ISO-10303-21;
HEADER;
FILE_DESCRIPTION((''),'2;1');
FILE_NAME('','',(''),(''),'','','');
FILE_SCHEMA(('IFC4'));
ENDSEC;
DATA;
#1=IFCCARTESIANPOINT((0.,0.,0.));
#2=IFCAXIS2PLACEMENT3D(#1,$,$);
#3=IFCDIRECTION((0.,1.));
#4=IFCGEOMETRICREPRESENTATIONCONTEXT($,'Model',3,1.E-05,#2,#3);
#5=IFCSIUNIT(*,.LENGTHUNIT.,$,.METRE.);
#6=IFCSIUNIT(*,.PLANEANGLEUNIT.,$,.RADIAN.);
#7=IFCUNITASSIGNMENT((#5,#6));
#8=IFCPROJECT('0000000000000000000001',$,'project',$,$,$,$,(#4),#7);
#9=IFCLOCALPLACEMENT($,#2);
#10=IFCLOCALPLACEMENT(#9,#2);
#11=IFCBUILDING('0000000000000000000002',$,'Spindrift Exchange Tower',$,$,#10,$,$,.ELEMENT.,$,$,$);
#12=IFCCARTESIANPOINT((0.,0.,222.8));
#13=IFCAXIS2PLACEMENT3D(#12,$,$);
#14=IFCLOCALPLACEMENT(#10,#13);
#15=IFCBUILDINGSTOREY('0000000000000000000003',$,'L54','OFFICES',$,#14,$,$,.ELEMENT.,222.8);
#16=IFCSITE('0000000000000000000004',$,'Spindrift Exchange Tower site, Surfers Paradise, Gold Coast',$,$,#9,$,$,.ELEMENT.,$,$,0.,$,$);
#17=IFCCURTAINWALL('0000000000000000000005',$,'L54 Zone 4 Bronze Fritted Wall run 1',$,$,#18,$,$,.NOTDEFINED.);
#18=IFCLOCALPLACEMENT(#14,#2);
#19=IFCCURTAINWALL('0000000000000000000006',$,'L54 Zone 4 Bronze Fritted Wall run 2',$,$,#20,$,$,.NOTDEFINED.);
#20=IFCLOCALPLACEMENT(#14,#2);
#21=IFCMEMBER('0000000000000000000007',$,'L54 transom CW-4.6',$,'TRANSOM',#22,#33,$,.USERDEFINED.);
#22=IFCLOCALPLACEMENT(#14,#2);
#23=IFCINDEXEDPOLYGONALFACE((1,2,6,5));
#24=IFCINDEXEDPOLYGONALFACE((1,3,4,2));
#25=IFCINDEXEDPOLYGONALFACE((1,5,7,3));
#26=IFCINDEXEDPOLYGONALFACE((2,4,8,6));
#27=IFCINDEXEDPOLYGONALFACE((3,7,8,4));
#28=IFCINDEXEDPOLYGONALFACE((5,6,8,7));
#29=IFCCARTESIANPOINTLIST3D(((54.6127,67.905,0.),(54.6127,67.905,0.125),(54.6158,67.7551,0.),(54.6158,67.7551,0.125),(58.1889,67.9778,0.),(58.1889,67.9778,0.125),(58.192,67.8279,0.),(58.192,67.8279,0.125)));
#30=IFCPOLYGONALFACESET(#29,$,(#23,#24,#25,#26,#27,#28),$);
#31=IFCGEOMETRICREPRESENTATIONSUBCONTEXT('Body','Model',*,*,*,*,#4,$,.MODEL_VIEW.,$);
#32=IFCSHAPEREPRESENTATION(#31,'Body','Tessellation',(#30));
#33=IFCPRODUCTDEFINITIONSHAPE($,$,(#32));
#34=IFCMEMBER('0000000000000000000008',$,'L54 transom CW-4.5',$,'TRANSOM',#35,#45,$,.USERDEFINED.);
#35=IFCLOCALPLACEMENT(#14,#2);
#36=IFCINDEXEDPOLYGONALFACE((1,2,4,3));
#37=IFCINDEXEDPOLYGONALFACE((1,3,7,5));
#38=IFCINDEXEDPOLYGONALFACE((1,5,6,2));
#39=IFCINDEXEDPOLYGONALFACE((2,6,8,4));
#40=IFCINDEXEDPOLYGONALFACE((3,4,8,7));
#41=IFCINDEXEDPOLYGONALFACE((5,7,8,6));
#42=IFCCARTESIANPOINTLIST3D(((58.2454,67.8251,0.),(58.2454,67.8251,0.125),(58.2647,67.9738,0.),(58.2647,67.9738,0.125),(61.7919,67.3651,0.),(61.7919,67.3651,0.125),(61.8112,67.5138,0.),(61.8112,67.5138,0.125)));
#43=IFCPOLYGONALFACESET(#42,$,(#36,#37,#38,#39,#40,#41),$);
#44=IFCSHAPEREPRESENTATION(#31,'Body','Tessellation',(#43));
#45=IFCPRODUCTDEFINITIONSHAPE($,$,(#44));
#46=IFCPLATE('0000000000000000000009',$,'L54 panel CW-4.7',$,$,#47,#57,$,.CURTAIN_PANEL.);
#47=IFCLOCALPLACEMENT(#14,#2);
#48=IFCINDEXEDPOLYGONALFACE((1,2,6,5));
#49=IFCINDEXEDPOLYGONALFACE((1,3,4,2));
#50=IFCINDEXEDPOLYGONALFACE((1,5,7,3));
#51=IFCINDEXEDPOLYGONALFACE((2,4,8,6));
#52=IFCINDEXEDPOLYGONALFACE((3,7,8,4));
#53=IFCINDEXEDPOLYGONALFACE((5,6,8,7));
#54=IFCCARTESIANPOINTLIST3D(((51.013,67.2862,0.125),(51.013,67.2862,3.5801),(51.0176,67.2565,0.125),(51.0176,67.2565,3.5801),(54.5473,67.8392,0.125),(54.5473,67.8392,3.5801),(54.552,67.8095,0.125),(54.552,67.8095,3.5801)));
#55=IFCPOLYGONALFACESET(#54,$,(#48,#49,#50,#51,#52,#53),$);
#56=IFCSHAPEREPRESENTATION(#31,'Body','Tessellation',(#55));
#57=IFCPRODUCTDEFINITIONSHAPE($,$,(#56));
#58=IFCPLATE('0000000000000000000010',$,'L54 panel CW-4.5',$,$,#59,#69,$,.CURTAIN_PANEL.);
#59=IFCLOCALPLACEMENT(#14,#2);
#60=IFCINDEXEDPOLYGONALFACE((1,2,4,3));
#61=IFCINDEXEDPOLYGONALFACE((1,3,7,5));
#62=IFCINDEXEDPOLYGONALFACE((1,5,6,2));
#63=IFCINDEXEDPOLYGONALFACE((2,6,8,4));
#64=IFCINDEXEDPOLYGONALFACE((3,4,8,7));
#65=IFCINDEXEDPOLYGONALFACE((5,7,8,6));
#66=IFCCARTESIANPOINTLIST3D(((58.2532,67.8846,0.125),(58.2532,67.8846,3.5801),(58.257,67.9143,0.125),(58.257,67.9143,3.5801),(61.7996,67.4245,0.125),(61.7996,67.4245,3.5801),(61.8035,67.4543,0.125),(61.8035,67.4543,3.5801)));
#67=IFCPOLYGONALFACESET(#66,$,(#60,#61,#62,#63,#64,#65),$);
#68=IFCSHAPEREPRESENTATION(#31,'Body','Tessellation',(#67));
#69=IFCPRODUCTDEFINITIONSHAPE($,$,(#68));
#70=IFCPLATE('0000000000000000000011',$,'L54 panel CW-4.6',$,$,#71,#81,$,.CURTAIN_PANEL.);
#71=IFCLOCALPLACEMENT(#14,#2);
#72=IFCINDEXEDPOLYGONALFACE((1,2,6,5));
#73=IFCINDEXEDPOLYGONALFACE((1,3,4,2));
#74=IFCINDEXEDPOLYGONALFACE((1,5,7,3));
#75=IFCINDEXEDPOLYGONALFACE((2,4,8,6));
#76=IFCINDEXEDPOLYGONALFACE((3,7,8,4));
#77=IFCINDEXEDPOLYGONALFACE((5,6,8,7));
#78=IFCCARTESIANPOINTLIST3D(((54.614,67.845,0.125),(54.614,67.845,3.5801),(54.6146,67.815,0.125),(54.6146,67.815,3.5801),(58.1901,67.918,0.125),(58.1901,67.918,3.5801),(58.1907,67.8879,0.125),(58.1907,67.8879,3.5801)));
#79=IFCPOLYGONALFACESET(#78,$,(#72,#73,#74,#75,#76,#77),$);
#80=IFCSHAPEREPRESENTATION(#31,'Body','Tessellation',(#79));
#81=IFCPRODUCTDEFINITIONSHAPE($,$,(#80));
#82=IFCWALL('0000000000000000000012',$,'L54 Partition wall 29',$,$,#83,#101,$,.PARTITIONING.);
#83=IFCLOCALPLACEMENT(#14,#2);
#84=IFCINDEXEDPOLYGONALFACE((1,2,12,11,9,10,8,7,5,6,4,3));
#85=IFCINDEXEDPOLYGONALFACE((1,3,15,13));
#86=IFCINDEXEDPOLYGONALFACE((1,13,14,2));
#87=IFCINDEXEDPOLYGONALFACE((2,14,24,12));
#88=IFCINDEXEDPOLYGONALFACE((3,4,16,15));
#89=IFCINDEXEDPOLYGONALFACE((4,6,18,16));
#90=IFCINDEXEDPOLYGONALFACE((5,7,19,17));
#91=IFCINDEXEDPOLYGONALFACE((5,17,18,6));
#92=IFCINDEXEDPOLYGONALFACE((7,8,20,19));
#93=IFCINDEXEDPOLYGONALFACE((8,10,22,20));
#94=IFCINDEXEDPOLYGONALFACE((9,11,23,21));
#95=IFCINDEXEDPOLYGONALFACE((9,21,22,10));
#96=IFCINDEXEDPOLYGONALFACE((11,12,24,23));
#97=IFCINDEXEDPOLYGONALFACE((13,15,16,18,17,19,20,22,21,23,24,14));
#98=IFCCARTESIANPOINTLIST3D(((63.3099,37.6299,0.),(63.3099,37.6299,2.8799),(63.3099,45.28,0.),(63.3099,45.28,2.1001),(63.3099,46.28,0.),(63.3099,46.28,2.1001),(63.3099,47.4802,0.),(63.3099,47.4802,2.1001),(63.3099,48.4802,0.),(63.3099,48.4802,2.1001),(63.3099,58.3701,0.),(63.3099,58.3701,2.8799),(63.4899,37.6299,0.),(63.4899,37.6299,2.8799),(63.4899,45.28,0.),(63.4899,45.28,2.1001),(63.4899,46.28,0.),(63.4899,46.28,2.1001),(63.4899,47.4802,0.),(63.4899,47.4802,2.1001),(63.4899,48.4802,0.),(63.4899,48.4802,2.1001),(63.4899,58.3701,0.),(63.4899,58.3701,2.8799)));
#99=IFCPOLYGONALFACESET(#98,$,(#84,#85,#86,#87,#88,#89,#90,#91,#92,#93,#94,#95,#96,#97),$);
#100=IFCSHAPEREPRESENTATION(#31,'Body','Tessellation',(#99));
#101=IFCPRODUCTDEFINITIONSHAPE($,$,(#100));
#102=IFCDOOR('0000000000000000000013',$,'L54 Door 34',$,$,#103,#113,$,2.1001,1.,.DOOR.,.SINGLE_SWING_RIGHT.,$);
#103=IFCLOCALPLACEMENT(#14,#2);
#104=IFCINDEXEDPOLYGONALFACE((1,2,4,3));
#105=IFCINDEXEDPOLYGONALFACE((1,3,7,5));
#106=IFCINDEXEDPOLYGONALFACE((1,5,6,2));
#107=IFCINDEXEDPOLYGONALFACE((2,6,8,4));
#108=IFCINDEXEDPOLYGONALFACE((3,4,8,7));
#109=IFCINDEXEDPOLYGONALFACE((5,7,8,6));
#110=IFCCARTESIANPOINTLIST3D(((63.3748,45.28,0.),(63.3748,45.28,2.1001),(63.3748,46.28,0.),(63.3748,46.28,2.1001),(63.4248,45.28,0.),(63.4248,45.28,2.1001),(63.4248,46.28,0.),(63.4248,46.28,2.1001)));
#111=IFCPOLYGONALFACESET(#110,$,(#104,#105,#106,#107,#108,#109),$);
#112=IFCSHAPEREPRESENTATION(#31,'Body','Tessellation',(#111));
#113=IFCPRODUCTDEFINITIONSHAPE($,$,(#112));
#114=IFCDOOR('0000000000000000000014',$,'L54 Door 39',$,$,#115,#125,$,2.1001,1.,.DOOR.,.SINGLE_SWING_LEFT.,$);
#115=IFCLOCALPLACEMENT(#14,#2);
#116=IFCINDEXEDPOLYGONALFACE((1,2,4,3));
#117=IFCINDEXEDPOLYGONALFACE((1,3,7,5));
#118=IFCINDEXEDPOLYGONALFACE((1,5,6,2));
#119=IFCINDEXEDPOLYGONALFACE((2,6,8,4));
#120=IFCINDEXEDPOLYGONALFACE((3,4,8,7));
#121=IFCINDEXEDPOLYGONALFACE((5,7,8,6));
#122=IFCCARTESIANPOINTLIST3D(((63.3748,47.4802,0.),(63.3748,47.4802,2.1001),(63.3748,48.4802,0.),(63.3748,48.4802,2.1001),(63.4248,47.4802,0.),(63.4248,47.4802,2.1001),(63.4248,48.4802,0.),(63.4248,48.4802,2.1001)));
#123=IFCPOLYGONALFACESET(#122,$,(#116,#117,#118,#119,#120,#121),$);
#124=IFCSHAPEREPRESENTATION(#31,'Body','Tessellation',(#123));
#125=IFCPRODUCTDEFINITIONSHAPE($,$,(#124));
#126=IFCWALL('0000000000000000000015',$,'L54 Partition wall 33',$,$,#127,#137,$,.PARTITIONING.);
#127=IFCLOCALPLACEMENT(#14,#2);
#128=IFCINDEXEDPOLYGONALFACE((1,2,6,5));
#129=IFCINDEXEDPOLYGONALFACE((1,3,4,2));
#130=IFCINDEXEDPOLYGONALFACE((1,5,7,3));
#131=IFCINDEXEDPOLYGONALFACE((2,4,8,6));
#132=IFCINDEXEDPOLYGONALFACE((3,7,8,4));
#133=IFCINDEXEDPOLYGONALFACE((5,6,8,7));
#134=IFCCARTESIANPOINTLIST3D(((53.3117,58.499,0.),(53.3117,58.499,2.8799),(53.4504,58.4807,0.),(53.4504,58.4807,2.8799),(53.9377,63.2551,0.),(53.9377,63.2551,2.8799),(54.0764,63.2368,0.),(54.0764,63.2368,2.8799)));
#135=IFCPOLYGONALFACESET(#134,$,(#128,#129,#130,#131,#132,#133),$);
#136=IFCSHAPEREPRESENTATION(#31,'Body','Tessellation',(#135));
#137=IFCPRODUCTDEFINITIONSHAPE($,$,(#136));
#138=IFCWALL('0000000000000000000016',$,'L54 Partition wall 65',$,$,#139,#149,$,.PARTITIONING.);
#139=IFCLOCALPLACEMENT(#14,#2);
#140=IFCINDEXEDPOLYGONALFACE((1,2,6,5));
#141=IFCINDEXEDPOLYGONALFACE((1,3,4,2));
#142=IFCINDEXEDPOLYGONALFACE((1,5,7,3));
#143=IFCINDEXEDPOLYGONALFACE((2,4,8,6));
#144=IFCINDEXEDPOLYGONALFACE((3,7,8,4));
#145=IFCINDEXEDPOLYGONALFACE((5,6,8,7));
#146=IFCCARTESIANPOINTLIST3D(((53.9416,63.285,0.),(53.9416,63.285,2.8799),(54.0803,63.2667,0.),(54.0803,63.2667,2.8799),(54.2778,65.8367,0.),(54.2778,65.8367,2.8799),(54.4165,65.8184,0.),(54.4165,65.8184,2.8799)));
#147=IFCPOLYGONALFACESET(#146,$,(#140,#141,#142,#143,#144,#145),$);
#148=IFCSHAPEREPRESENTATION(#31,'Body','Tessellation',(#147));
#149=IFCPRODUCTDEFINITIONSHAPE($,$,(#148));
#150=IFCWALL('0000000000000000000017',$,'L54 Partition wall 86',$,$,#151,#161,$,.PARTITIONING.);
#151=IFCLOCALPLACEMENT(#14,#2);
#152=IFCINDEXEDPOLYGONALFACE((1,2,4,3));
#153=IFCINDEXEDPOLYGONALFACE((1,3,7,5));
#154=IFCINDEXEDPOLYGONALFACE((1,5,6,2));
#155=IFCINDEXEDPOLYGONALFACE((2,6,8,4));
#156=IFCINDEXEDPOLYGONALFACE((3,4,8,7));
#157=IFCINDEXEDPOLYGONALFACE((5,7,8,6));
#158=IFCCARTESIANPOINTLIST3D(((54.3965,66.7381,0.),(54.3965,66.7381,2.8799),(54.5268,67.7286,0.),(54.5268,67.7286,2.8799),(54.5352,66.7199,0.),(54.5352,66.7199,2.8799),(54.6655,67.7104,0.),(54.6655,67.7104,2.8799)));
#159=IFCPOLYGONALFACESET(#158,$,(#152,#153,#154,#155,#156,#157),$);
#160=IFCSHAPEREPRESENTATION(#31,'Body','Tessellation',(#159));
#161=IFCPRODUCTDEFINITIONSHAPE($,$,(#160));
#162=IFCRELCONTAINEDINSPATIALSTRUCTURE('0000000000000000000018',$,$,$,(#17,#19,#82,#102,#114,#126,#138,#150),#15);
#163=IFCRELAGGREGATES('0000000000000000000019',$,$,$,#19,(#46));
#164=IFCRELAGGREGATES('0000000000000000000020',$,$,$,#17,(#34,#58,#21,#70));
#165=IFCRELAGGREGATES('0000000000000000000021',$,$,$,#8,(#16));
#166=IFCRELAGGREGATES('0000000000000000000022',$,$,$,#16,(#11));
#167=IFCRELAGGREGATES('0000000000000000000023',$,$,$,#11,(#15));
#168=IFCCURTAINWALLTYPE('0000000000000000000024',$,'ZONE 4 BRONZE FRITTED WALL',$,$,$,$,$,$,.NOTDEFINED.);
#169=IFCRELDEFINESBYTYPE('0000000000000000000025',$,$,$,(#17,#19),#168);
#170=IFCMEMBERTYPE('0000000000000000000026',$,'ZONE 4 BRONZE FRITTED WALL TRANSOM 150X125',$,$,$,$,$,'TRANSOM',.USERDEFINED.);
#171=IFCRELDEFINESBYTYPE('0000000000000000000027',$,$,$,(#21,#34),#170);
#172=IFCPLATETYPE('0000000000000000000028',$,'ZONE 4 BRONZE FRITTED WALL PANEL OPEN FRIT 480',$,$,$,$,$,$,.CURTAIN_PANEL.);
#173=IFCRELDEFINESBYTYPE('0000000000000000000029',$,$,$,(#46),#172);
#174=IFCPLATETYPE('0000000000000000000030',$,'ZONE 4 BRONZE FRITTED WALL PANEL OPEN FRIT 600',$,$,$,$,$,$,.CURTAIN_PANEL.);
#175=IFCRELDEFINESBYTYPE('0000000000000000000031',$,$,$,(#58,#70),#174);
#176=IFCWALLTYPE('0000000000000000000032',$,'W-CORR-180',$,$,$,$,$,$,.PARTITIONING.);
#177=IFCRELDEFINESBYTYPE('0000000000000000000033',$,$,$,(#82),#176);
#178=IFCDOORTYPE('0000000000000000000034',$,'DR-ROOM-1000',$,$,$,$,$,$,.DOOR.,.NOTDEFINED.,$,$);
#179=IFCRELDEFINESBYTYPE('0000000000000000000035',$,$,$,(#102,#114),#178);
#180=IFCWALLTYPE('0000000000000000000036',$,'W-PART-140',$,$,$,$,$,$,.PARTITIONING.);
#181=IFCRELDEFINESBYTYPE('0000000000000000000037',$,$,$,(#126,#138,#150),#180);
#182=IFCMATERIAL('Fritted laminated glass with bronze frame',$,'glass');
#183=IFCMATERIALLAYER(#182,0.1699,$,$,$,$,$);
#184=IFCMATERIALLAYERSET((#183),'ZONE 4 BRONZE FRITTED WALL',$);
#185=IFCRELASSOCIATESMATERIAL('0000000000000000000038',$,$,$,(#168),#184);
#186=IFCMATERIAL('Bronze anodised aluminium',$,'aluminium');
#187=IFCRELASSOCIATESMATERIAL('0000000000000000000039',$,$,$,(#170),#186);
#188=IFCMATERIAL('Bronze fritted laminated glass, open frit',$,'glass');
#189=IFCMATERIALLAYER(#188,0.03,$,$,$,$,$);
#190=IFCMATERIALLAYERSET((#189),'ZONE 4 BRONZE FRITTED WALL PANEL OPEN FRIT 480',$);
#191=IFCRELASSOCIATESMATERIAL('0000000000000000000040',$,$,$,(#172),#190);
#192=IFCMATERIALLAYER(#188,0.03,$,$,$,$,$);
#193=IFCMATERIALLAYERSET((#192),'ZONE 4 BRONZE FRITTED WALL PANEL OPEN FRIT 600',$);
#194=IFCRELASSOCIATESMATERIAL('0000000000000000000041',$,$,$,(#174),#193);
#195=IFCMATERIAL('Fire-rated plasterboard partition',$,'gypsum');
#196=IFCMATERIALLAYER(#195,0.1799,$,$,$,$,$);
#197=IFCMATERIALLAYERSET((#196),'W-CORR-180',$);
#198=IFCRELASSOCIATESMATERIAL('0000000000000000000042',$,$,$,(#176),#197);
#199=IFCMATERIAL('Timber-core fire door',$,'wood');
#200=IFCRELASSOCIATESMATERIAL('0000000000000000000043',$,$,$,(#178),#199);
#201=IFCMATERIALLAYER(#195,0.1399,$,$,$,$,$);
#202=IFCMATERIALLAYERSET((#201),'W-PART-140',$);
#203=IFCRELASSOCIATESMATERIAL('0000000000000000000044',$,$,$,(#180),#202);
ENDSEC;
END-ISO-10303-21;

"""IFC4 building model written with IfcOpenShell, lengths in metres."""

from ifc_helpers import new_model, si_unit, direction, frame, frame_2d, origin, origin_2d, place, context, subcontext, project, spatial, rectangle, extrude, source, transform, mapped, material, layer, layer_set, material_profile, profile_set, type_object, element, fill, aggregate, save


model = new_model("IFC4")

# Units and contexts
model_context = context("Model", 3, precision=1e-05, world=origin(), true_north=direction((0.0, 1.0)))
body_context = subcontext(model_context, "Body", "Model", "MODEL_VIEW")
ifc_project = project(units=[si_unit("LENGTHUNIT", "METRE"), si_unit("PLANEANGLEUNIT", "RADIAN")], contexts=[model_context])

# Site, building, storey
site_placement = place(None, origin())
site = spatial("IfcSite", under=ifc_project, at=site_placement, Name="Spindrift Exchange Tower site, Surfers Paradise, Gold Coast", CompositionType="ELEMENT", RefElevation=0.0)
building_placement = place(site_placement, origin())
building = spatial("IfcBuilding", under=site, at=building_placement, Name="Spindrift Exchange Tower", CompositionType="ELEMENT")
storey_placement = place(building_placement, frame((0.0, 0.0, 222.8)))
storey = spatial("IfcBuildingStorey", under=building, at=storey_placement, Name="L54", Description="OFFICES", CompositionType="ELEMENT", Elevation=222.8)

# Curtain walls
ifc_material_1 = material(Name="Fritted laminated glass with bronze frame", Category="glass")
ifc_layer_1 = layer(ifc_material_1, 0.1699)
ifc_layer_set_1 = layer_set([ifc_layer_1], Name="ZONE 4 BRONZE FRITTED WALL")
curtain_wall_type = type_object("IfcCurtainWallType", Name="ZONE 4 BRONZE FRITTED WALL", PredefinedType="NOTDEFINED", material=ifc_layer_set_1)
curtain_wall_1_placement = place(storey_placement, origin())
curtain_wall_1 = element("IfcCurtainWall", 1, at=curtain_wall_1_placement, inside=storey, type_object=curtain_wall_type, Name="L54 Zone 4 Bronze Fritted Wall run 1", PredefinedType="NOTDEFINED")
ifc_material_2 = material(Name="Bronze anodised aluminium", Category="aluminium")
curtain_wall_2_placement = place(storey_placement, origin())
curtain_wall_2 = element("IfcCurtainWall", 2, at=curtain_wall_2_placement, inside=storey, type_object=curtain_wall_type, Name="L54 Zone 4 Bronze Fritted Wall run 2", PredefinedType="NOTDEFINED")
ifc_material_profile_1 = material_profile(ifc_material_2, rectangle(XDim=0.1499, YDim=0.125, at=origin_2d()), Name="ZONE 4 BRONZE FRITTED WALL TRANSOM 150X125")
ifc_profile_set_1 = profile_set([ifc_material_profile_1], Name="Bronze anodised aluminium")
member_type_1 = type_object("IfcMemberType", Name="ZONE 4 BRONZE FRITTED WALL TRANSOM 150X125", ElementType="TRANSOM", PredefinedType="USERDEFINED", material=ifc_profile_set_1)

# Members
shared_shape_1 = source(origin(), body_context, "Body", "SweptSolid", [
    extrude(rectangle(XDim=0.1499, YDim=0.125, at=origin_2d()), origin(), (0.0, 0.0, 1.0), 3.5769),
])
member_1_placement = place(storey_placement, frame((58.1904, 67.9028, 0.0625), z_axis=(-0.999793, -0.02034, 0.0), x_axis=(0.02034, -0.999793, 0.0)))
member_1 = element("IfcMember", 3, at=member_1_placement, type_object=member_type_1, Name="L54 transom CW-4.6", ObjectType="TRANSOM", PredefinedType="USERDEFINED", context=body_context, shape_type="MappedRepresentation", body=[
    mapped(shared_shape_1, transform((0.0, 0.0, 0.0), scale=1.0)),
])
shared_shape_2 = source(origin(), body_context, "Body", "SweptSolid", [
    extrude(rectangle(XDim=0.1499, YDim=0.125, at=origin_2d()), origin(), (0.0, 0.0, 1.0), 3.5762),
])
member_2_placement = place(storey_placement, frame((61.8015, 67.4395, 0.0625), z_axis=(-0.991694, 0.128621, 0.0), x_axis=(-0.128621, -0.991694, 0.0)))
member_2 = element("IfcMember", 4, at=member_2_placement, type_object=member_type_1, Name="L54 transom CW-4.5", ObjectType="TRANSOM", PredefinedType="USERDEFINED", context=body_context, shape_type="MappedRepresentation", body=[
    mapped(shared_shape_2, transform((0.0, 0.0, 0.0), scale=1.0)),
])

# Plates
ifc_material_3 = material(Name="Bronze fritted laminated glass, open frit", Category="glass")
ifc_layer_2 = layer(ifc_material_3, 0.03)
ifc_layer_set_2 = layer_set([ifc_layer_2], Name="ZONE 4 BRONZE FRITTED WALL PANEL OPEN FRIT 480")
plate_type_1 = type_object("IfcPlateType", Name="ZONE 4 BRONZE FRITTED WALL PANEL OPEN FRIT 480", PredefinedType="CURTAIN_PANEL", material=ifc_layer_set_2)
shared_shape_3 = source(origin(), body_context, "Body", "SweptSolid", [
    extrude(rectangle(XDim=3.5774, YDim=0.03, at=origin_2d()), origin(), (0.0, 0.0, 1.0), 3.4551),
])
plate_1_placement = place(storey_placement, frame((52.7825, 67.5479, 0.125), z_axis=(0.0, 0.0, 1.0), x_axis=(-0.987982, -0.154569, 0.0)))
plate_1 = element("IfcPlate", 5, at=plate_1_placement, type_object=plate_type_1, Name="L54 panel CW-4.7", PredefinedType="CURTAIN_PANEL", context=body_context, shape_type="MappedRepresentation", body=[
    mapped(shared_shape_3, transform((0.0, 0.0, 0.0), scale=1.0)),
])
aggregate(curtain_wall_2, [plate_1])
ifc_layer_3 = layer(ifc_material_3, 0.03)
ifc_layer_set_3 = layer_set([ifc_layer_3], Name="ZONE 4 BRONZE FRITTED WALL PANEL OPEN FRIT 600")
plate_type_2 = type_object("IfcPlateType", Name="ZONE 4 BRONZE FRITTED WALL PANEL OPEN FRIT 600", PredefinedType="CURTAIN_PANEL", material=ifc_layer_set_3)
shared_shape_4 = source(origin(), body_context, "Body", "SweptSolid", [
    extrude(rectangle(XDim=3.5762, YDim=0.03, at=origin_2d()), origin(), (0.0, 0.0, 1.0), 3.4551),
])
plate_2_placement = place(storey_placement, frame((60.0283, 67.6694, 0.125), z_axis=(0.0, 0.0, 1.0), x_axis=(-0.991691, 0.128643, 0.0)))
plate_2 = element("IfcPlate", 6, at=plate_2_placement, type_object=plate_type_2, Name="L54 panel CW-4.5", PredefinedType="CURTAIN_PANEL", context=body_context, shape_type="MappedRepresentation", body=[
    mapped(shared_shape_4, transform((0.0, 0.0, 0.0), scale=1.0)),
])
shared_shape_5 = source(origin(), body_context, "Body", "SweptSolid", [
    extrude(rectangle(XDim=3.5769, YDim=0.03, at=origin_2d()), origin(), (0.0, 0.0, 1.0), 3.4551),
])
plate_3_placement = place(storey_placement, frame((56.4023, 67.8665, 0.125), z_axis=(0.0, 0.0, 1.0), x_axis=(-0.999792, -0.020401, 0.0)))
plate_3 = element("IfcPlate", 7, at=plate_3_placement, type_object=plate_type_2, Name="L54 panel CW-4.6", PredefinedType="CURTAIN_PANEL", context=body_context, shape_type="MappedRepresentation", body=[
    mapped(shared_shape_5, transform((0.0, 0.0, 0.0), scale=1.0)),
])
aggregate(curtain_wall_1, [member_2, plate_2, member_1, plate_3])

# Wall, openings, doors
ifc_material_4 = material(Name="Fire-rated plasterboard partition", Category="gypsum")
ifc_layer_4 = layer(ifc_material_4, 0.1799)
ifc_layer_set_4 = layer_set([ifc_layer_4], Name="W-CORR-180")
wall_type_1 = type_object("IfcWallType", Name="W-CORR-180", PredefinedType="PARTITIONING", material=ifc_layer_set_4)
wall_1_placement = place(storey_placement, frame((63.3999, 58.3701, 0.0), z_axis=(0.0, 0.0, 1.0), x_axis=(0.0, -1.0, 0.0)))
wall_1 = element("IfcWall", 8, at=wall_1_placement, inside=storey, type_object=wall_type_1, Name="L54 Partition wall 29", PredefinedType="PARTITIONING", context=body_context, shape_type="SweptSolid", body=[
    extrude(rectangle(XDim=20.7402, YDim=0.1799, at=frame_2d((10.3701, 0.0))), origin(), (0.0, 0.0, 1.0), 2.8799),
])
opening_1_placement = place(wall_1_placement, frame((12.0901, 0.0, 0.0)))
opening_1 = element("IfcOpeningElement", 9, at=opening_1_placement, cuts=wall_1, PredefinedType="OPENING", context=body_context, shape_type="SweptSolid", body=[
    extrude(rectangle(XDim=1.0, YDim=2.1001, at=frame_2d((0.5, 1.05))), frame((0.0, 0.0999, 0.0), z_axis=(0.0, -1.0, 0.0), x_axis=(1.0, 0.0, 0.0)), (0.0, 0.0, 1.0), 0.2),
])
opening_2_placement = place(wall_1_placement, frame((9.8899, 0.0, 0.0)))
opening_2 = element("IfcOpeningElement", 10, at=opening_2_placement, cuts=wall_1, PredefinedType="OPENING", context=body_context, shape_type="SweptSolid", body=[
    extrude(rectangle(XDim=1.0, YDim=2.1001, at=frame_2d((0.5, 1.05))), frame((0.0, 0.0999, 0.0), z_axis=(0.0, -1.0, 0.0), x_axis=(1.0, 0.0, 0.0)), (0.0, 0.0, 1.0), 0.2),
])
ifc_material_5 = material(Name="Timber-core fire door", Category="wood")
door_type = type_object("IfcDoorType", Name="DR-ROOM-1000", OperationType="NOTDEFINED", PredefinedType="DOOR", material=ifc_material_5)
shared_shape_6 = source(origin(), body_context, "Body", "SweptSolid", [
    extrude(rectangle(XDim=1.0, YDim=2.1001, at=frame_2d((0.5, 1.05))), frame((0.0, 0.0249, 0.0), z_axis=(0.0, -1.0, 0.0), x_axis=(1.0, 0.0, 0.0)), (0.0, 0.0, 1.0), 0.05),
])
door_1_placement = place(opening_1_placement, origin())
door_1 = element("IfcDoor", 11, at=door_1_placement, inside=storey, type_object=door_type, Name="L54 Door 34", OperationType="SINGLE_SWING_RIGHT", OverallHeight=2.1001, OverallWidth=1.0, PredefinedType="DOOR", context=body_context, shape_type="MappedRepresentation", body=[
    mapped(shared_shape_6, transform((0.0, 0.0, 0.0), scale=1.0)),
])
fill(opening_1, door_1)
door_2_placement = place(opening_2_placement, origin())
door_2 = element("IfcDoor", 12, at=door_2_placement, inside=storey, type_object=door_type, Name="L54 Door 39", OperationType="SINGLE_SWING_LEFT", OverallHeight=2.1001, OverallWidth=1.0, PredefinedType="DOOR", context=body_context, shape_type="MappedRepresentation", body=[
    mapped(shared_shape_6, transform((0.0, 0.0, 0.0), scale=1.0)),
])
fill(opening_2, door_2)

# Walls
ifc_layer_5 = layer(ifc_material_4, 0.1399)
ifc_layer_set_5 = layer_set([ifc_layer_5], Name="W-PART-140")
wall_type_2 = type_object("IfcWallType", Name="W-PART-140", PredefinedType="PARTITIONING", material=ifc_layer_set_5)
wall_2_placement = place(storey_placement, frame((53.3811, 58.49, 0.0), z_axis=(0.0, 0.0, 1.0), x_axis=(0.13049, 0.99145, 0.0)))
element("IfcWall", 13, at=wall_2_placement, inside=storey, type_object=wall_type_2, Name="L54 Partition wall 33", PredefinedType="PARTITIONING", context=body_context, shape_type="SweptSolid", body=[
    extrude(rectangle(XDim=4.7971, YDim=0.1399, at=frame_2d((2.3984, 0.0))), origin(), (0.0, 0.0, 1.0), 2.8799),
])
wall_3_placement = place(storey_placement, frame((54.011, 63.2759, 0.0), z_axis=(0.0, 0.0, 1.0), x_axis=(0.130616, 0.991433, 0.0)))
element("IfcWall", 14, at=wall_3_placement, inside=storey, type_object=wall_type_2, Name="L54 Partition wall 65", PredefinedType="PARTITIONING", context=body_context, shape_type="SweptSolid", body=[
    extrude(rectangle(XDim=2.5737, YDim=0.1399, at=frame_2d((1.2869, 0.0))), origin(), (0.0, 0.0, 1.0), 2.8799),
])
wall_4_placement = place(storey_placement, frame((54.4658, 66.729, 0.0), z_axis=(0.0, 0.0, 1.0), x_axis=(0.130499, 0.991448, 0.0)))
element("IfcWall", 15, at=wall_4_placement, inside=storey, type_object=wall_type_2, Name="L54 Partition wall 86", PredefinedType="PARTITIONING", context=body_context, shape_type="SweptSolid", body=[
    extrude(rectangle(XDim=0.999, YDim=0.1399, at=frame_2d((0.4995, 0.0))), origin(), (0.0, 0.0, 1.0), 2.8799),
])

save(model, "model.ifc")
